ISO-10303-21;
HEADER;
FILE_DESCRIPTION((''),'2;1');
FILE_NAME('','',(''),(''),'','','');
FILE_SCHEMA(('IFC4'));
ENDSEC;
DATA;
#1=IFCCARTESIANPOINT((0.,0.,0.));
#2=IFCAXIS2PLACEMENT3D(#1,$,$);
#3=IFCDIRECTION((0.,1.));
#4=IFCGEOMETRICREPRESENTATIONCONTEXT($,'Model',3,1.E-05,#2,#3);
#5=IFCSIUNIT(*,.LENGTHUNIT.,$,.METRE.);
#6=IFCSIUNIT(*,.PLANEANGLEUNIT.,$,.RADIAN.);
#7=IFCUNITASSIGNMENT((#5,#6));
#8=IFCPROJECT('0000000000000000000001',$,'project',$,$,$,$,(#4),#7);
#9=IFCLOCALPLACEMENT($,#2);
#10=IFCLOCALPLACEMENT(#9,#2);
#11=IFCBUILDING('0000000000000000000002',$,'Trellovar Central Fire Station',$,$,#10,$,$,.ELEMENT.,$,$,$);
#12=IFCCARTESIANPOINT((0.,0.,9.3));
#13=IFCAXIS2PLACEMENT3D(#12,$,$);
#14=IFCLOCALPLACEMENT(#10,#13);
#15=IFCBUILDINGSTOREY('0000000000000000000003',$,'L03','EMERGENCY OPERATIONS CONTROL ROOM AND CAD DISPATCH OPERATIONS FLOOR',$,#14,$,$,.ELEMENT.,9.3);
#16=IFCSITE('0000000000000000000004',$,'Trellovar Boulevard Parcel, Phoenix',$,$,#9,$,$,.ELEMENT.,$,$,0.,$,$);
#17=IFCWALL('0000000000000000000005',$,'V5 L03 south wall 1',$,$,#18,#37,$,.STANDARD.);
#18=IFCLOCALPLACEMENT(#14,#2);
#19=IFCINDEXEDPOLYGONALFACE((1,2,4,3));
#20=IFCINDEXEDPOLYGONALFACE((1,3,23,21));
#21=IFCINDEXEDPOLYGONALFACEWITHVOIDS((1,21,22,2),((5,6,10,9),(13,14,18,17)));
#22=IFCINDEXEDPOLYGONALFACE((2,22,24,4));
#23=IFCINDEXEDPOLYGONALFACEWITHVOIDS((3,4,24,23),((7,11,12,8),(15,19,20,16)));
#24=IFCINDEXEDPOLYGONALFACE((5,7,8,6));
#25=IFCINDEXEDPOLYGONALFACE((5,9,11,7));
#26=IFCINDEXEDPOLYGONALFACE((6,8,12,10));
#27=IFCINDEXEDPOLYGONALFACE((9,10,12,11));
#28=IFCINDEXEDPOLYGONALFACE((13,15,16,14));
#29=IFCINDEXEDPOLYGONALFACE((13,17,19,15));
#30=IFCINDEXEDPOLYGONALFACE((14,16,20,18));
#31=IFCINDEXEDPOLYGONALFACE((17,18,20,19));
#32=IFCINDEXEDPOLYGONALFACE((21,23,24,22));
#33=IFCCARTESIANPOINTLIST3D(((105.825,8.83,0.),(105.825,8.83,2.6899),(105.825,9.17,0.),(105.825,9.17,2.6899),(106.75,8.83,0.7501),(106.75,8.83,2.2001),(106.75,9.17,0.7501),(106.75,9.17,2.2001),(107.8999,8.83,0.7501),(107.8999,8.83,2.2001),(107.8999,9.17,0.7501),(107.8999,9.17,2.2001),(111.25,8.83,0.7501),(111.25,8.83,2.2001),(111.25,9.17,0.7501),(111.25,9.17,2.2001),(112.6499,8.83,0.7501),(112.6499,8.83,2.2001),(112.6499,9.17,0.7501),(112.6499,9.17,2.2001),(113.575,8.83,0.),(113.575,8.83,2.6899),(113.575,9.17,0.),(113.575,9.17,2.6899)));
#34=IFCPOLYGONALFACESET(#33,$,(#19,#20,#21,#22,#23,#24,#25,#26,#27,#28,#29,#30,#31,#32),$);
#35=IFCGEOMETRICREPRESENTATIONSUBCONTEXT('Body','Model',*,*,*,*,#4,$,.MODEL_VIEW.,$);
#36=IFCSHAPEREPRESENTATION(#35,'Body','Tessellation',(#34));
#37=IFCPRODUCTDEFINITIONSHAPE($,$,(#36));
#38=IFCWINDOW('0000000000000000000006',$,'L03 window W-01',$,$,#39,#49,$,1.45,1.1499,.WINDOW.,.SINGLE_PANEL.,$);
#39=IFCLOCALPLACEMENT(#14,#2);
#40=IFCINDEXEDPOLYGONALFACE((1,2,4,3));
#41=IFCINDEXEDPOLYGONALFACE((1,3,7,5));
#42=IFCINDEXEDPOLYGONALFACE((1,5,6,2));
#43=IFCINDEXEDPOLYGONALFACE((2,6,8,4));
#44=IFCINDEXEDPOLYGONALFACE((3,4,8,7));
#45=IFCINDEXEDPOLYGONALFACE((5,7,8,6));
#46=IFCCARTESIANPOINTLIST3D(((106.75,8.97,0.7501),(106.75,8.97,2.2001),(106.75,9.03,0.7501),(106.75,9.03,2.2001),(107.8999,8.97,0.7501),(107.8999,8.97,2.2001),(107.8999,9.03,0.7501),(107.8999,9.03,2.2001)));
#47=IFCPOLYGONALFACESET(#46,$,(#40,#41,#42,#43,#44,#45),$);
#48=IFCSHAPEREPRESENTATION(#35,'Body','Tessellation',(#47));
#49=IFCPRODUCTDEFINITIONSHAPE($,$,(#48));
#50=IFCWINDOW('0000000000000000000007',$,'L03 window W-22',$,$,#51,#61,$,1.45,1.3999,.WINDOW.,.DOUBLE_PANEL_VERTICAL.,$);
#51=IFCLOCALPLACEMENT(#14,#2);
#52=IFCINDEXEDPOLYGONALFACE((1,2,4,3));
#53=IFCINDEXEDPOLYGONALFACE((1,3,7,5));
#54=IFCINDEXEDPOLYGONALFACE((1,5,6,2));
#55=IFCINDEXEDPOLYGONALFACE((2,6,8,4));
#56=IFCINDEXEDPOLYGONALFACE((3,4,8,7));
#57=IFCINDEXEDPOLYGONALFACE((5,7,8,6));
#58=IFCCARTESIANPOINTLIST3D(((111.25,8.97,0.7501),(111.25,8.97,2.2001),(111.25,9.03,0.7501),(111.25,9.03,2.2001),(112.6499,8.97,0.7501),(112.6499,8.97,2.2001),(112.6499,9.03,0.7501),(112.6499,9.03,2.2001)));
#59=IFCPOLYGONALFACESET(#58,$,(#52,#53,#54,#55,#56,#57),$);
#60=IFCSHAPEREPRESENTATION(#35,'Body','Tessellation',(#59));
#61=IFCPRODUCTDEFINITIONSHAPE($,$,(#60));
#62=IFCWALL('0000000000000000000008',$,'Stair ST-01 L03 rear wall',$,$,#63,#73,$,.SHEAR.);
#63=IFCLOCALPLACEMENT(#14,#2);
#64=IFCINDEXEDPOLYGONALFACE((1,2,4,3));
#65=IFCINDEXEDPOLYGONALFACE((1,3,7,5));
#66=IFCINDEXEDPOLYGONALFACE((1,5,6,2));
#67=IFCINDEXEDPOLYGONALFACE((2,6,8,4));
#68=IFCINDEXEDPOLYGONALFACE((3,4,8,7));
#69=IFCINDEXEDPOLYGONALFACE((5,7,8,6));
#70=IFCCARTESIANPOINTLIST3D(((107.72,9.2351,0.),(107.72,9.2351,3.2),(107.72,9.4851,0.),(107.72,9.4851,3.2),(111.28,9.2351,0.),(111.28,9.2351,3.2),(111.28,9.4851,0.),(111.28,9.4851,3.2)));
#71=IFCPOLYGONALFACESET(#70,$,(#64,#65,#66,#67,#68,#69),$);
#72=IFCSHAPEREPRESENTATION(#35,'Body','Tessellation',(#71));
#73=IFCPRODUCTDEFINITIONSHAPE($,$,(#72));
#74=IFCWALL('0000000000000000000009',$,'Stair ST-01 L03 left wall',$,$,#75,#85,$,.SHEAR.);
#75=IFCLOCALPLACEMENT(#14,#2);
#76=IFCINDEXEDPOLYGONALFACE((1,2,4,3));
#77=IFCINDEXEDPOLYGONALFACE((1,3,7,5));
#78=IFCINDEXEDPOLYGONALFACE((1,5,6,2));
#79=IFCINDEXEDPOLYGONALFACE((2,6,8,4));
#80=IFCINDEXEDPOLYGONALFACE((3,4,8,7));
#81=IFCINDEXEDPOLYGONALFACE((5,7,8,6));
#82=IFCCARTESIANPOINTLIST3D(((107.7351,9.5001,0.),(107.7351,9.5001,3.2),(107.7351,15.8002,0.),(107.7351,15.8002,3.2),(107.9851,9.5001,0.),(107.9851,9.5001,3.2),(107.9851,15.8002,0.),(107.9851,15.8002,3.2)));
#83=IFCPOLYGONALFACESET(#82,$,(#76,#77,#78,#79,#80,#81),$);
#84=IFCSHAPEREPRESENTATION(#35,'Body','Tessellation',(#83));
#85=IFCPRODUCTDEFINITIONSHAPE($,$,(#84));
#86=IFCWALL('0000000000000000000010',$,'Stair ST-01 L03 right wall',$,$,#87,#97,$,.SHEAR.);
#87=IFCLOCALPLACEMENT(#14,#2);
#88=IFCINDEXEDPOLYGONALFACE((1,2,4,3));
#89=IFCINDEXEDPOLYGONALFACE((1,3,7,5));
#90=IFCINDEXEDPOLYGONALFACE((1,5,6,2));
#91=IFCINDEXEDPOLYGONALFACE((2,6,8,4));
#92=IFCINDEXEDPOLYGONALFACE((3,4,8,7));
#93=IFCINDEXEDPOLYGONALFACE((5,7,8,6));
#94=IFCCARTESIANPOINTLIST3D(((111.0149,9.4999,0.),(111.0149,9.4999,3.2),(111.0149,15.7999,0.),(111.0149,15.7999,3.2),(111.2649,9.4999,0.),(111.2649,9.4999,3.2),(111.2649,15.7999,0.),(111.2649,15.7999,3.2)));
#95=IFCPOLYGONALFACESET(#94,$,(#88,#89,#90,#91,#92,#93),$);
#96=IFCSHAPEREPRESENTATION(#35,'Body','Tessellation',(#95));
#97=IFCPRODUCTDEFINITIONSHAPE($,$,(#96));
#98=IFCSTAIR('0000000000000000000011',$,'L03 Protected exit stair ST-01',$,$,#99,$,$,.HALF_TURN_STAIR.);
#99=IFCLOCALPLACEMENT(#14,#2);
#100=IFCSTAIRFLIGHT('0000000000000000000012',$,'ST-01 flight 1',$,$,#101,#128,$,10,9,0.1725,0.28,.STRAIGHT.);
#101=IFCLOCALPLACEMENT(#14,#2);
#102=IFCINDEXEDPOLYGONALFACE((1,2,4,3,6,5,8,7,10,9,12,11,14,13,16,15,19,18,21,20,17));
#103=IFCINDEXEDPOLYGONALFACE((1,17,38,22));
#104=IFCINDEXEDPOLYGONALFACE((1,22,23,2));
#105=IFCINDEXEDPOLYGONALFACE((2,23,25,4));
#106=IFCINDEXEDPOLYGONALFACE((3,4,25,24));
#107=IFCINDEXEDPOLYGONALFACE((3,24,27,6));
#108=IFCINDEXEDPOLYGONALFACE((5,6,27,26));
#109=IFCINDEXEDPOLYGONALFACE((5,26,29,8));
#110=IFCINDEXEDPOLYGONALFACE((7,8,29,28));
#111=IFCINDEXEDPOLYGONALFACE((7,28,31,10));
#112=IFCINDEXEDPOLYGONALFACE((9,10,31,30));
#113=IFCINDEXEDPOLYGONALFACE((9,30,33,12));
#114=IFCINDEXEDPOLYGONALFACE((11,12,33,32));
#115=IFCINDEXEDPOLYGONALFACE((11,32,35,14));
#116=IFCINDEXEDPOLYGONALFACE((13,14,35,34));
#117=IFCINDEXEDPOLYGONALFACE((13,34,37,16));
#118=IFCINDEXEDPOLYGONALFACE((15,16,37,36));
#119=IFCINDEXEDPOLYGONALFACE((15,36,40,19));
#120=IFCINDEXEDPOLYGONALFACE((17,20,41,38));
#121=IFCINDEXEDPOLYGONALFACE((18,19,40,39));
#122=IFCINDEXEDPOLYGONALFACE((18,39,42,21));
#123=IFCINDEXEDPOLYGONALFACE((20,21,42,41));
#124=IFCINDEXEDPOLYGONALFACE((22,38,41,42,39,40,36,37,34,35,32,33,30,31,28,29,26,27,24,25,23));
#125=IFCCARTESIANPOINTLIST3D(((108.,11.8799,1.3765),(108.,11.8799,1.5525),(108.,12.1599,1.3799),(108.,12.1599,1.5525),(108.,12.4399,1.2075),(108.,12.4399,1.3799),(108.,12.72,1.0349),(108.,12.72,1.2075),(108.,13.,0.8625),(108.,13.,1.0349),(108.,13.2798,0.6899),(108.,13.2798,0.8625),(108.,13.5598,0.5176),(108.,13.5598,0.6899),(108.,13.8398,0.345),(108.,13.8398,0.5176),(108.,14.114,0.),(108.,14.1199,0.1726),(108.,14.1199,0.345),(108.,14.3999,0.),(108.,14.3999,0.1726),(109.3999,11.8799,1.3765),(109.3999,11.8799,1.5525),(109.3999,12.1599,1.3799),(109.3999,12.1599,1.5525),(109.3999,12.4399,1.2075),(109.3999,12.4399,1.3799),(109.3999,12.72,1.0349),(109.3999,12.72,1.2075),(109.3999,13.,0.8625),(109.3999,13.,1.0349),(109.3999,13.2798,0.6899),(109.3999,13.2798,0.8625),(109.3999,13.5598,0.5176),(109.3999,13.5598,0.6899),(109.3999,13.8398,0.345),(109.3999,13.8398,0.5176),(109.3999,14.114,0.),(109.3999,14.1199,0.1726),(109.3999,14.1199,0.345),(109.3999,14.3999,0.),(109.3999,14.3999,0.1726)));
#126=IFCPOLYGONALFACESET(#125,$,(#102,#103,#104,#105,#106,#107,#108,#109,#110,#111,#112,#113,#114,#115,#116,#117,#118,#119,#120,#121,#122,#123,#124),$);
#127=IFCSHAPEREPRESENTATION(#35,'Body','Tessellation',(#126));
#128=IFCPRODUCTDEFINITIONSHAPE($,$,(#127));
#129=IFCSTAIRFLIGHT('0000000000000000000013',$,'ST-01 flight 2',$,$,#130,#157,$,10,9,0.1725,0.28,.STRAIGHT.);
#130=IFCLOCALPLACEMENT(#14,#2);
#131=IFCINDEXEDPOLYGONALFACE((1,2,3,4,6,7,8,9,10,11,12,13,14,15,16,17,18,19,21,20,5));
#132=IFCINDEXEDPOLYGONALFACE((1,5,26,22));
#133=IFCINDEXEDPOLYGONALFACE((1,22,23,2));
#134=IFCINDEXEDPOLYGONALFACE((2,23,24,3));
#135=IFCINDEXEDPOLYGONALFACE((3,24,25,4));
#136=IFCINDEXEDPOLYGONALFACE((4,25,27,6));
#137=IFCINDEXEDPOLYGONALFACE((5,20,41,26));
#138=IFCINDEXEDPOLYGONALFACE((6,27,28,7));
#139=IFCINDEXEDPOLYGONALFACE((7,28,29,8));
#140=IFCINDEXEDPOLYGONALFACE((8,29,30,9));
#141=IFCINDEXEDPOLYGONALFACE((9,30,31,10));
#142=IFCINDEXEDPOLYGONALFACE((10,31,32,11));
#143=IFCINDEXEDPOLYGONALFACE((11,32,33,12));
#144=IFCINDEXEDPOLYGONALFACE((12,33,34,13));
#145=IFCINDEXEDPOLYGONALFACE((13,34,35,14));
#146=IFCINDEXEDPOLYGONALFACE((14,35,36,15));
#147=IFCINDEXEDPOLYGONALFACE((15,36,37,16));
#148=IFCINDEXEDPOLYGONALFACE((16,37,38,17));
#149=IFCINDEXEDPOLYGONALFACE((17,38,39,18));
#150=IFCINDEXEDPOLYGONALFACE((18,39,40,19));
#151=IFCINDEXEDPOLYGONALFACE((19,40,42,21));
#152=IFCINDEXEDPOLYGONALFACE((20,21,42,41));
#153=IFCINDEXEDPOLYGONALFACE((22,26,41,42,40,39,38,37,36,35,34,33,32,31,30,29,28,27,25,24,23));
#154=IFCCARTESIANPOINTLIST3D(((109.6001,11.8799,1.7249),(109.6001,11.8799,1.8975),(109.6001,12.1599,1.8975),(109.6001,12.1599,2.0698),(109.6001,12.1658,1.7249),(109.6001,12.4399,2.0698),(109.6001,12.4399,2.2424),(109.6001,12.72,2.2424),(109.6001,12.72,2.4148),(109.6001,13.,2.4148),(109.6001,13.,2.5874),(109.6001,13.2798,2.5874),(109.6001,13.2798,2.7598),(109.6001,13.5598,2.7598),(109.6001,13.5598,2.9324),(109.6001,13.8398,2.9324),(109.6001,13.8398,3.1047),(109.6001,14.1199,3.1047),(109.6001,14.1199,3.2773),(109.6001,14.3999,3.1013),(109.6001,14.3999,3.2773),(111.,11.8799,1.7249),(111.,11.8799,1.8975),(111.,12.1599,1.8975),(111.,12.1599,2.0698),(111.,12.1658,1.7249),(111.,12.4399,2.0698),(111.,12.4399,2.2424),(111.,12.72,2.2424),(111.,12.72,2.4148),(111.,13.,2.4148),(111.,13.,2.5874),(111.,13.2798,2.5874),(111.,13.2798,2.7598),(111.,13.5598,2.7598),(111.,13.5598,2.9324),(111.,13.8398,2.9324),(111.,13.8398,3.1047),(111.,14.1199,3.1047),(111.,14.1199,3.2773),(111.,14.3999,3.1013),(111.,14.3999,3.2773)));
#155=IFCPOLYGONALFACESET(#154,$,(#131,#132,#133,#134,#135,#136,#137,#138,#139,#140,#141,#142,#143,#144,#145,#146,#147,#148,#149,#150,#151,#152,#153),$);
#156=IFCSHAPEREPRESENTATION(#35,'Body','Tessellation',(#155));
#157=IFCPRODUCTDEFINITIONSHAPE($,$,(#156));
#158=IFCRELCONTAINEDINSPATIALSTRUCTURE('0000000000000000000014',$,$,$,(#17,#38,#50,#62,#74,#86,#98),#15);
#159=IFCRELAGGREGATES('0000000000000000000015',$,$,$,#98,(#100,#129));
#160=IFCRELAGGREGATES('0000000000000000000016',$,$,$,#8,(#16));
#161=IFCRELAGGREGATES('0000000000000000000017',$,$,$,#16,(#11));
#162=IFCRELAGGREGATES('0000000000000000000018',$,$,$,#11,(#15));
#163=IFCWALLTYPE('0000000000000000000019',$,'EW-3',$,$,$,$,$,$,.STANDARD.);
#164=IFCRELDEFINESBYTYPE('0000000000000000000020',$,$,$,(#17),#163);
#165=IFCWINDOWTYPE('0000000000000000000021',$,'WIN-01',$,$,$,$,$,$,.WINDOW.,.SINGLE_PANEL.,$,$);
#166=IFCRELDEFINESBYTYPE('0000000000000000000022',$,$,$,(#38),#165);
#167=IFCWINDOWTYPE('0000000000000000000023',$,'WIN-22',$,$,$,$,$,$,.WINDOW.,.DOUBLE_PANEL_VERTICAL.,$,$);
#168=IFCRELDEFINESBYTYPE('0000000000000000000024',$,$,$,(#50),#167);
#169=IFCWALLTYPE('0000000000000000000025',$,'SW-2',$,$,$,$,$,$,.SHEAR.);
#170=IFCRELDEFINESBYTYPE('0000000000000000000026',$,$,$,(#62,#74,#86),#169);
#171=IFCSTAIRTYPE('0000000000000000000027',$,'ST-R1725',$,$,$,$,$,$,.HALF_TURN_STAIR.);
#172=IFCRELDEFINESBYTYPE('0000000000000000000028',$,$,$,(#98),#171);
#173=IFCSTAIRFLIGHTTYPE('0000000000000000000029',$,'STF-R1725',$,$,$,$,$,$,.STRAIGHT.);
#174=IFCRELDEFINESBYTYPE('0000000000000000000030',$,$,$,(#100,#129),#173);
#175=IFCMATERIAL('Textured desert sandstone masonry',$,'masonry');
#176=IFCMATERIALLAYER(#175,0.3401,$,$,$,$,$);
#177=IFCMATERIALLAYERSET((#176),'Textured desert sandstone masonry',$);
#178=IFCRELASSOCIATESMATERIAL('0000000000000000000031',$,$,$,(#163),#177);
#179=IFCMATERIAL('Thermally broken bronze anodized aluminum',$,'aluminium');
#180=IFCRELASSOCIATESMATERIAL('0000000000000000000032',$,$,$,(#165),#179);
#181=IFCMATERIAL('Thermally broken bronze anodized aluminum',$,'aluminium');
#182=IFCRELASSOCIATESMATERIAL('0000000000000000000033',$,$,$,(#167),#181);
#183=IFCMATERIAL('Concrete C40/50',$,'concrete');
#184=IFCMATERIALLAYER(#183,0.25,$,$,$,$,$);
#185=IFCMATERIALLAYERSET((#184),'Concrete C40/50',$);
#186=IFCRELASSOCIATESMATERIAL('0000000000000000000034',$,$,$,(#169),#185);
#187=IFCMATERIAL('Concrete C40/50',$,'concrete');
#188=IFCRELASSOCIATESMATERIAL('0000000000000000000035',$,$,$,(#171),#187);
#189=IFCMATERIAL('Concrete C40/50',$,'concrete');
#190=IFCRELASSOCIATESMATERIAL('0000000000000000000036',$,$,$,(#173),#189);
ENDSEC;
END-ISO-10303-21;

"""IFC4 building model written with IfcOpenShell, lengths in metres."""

from ifc_helpers import new_model, si_unit, direction, frame, frame_2d, origin, place, context, subcontext, project, spatial, polyline, rectangle, outline, extrude, material, layer, layer_set, type_object, element, fill, aggregate, save


model = new_model("IFC4")

# Units and contexts
model_context = context("Model", 3, precision=1e-05, world=origin(), true_north=direction((0.0, 1.0)))
body_context = subcontext(model_context, "Body", "Model", "MODEL_VIEW")
ifc_project = project(units=[si_unit("LENGTHUNIT", "METRE"), si_unit("PLANEANGLEUNIT", "RADIAN")], contexts=[model_context])

# Site, building, storey
site_placement = place(None, origin())
site = spatial("IfcSite", under=ifc_project, at=site_placement, Name="Trellovar Boulevard Parcel, Phoenix", CompositionType="ELEMENT", RefElevation=0.0)
building_placement = place(site_placement, origin())
building = spatial("IfcBuilding", under=site, at=building_placement, Name="Trellovar Central Fire Station", CompositionType="ELEMENT")
storey_placement = place(building_placement, frame((0.0, 0.0, 9.3)))
storey = spatial("IfcBuildingStorey", under=building, at=storey_placement, Name="L03", Description="EMERGENCY OPERATIONS CONTROL ROOM AND CAD DISPATCH OPERATIONS FLOOR", CompositionType="ELEMENT", Elevation=9.3)

# Wall, openings, windows
ifc_material_1 = material(Name="Textured desert sandstone masonry", Category="masonry")
ifc_layer_1 = layer(ifc_material_1, 0.3401)
ifc_layer_set_1 = layer_set([ifc_layer_1], Name="Textured desert sandstone masonry")
wall_type_1 = type_object("IfcWallType", Name="EW-3", PredefinedType="STANDARD", material=ifc_layer_set_1)
wall_1_placement = place(storey_placement, frame((105.825, 9.0, 0.0), z_axis=(0.0, 0.0, 1.0), x_axis=(1.0, 0.0, 0.0)))
wall_1 = element("IfcWall", 1, at=wall_1_placement, inside=storey, type_object=wall_type_1, Name="V5 L03 south wall 1", PredefinedType="STANDARD", context=body_context, shape_type="SweptSolid", body=[
    extrude(rectangle(XDim=7.75, YDim=0.3401, at=frame_2d((3.875, 0.0))), origin(), (0.0, 0.0, 1.0), 2.6899),
])
opening_1_placement = place(wall_1_placement, frame((0.925, 0.0, 0.75)))
opening_1 = element("IfcOpeningElement", 2, at=opening_1_placement, cuts=wall_1, PredefinedType="OPENING", context=body_context, shape_type="SweptSolid", body=[
    extrude(rectangle(XDim=1.1499, YDim=1.45, at=frame_2d((0.575, 0.7251))), frame((0.0, 0.1799, 0.0), z_axis=(0.0, -1.0, 0.0), x_axis=(1.0, 0.0, 0.0)), (0.0, 0.0, 1.0), 0.3601),
])
opening_2_placement = place(wall_1_placement, frame((5.425, 0.0, 0.75)))
opening_2 = element("IfcOpeningElement", 3, at=opening_2_placement, cuts=wall_1, PredefinedType="OPENING", context=body_context, shape_type="SweptSolid", body=[
    extrude(rectangle(XDim=1.3999, YDim=1.45, at=frame_2d((0.7, 0.7251))), frame((0.0, 0.1799, 0.0), z_axis=(0.0, -1.0, 0.0), x_axis=(1.0, 0.0, 0.0)), (0.0, 0.0, 1.0), 0.3601),
])
ifc_material_2 = material(Name="Thermally broken bronze anodized aluminum", Category="aluminium")
window_type_1 = type_object("IfcWindowType", Name="WIN-01", PartitioningType="SINGLE_PANEL", PredefinedType="WINDOW", material=ifc_material_2)
window_1_placement = place(opening_1_placement, origin())
window_1 = element("IfcWindow", 4, at=window_1_placement, inside=storey, type_object=window_type_1, Name="L03 window W-01", OverallHeight=1.45, OverallWidth=1.1499, PartitioningType="SINGLE_PANEL", PredefinedType="WINDOW", context=body_context, shape_type="SweptSolid", body=[
    extrude(rectangle(XDim=1.1499, YDim=1.45, at=frame_2d((0.575, 0.7251))), frame((0.0, 0.03, 0.0), z_axis=(0.0, -1.0, 0.0), x_axis=(1.0, 0.0, 0.0)), (0.0, 0.0, 1.0), 0.0601),
])
fill(opening_1, window_1)
ifc_material_3 = material(Name="Thermally broken bronze anodized aluminum", Category="aluminium")
window_type_2 = type_object("IfcWindowType", Name="WIN-22", PartitioningType="DOUBLE_PANEL_VERTICAL", PredefinedType="WINDOW", material=ifc_material_3)
window_2_placement = place(opening_2_placement, origin())
window_2 = element("IfcWindow", 5, at=window_2_placement, inside=storey, type_object=window_type_2, Name="L03 window W-22", OverallHeight=1.45, OverallWidth=1.3999, PartitioningType="DOUBLE_PANEL_VERTICAL", PredefinedType="WINDOW", context=body_context, shape_type="SweptSolid", body=[
    extrude(rectangle(XDim=1.3999, YDim=1.45, at=frame_2d((0.7, 0.7251))), frame((0.0, 0.03, 0.0), z_axis=(0.0, -1.0, 0.0), x_axis=(1.0, 0.0, 0.0)), (0.0, 0.0, 1.0), 0.0601),
])
fill(opening_2, window_2)

# Walls
ifc_material_4 = material(Name="Concrete C40/50", Category="concrete")
ifc_layer_2 = layer(ifc_material_4, 0.25)
ifc_layer_set_2 = layer_set([ifc_layer_2], Name="Concrete C40/50")
wall_type_2 = type_object("IfcWallType", Name="SW-2", PredefinedType="SHEAR", material=ifc_layer_set_2)
wall_2_placement = place(storey_placement, frame((111.28, 9.3601, 0.0), z_axis=(0.0, 0.0, 1.0), x_axis=(-1.0, 0.0, 0.0)))
element("IfcWall", 6, at=wall_2_placement, inside=storey, type_object=wall_type_2, Name="Stair ST-01 L03 rear wall", PredefinedType="SHEAR", context=body_context, shape_type="SweptSolid", body=[
    extrude(rectangle(XDim=3.5601, YDim=0.25, at=frame_2d((1.78, 0.0))), origin(), (0.0, 0.0, 1.0), 3.2),
])
for number, where, z_axis, x_axis, name in (
    (7, (107.8601, 15.8, 0.0), (0.0, 0.0, 1.0), (0.0, -1.0, 0.0), "Stair ST-01 L03 left wall"),
    (8, (111.1399, 9.5, 0.0), (0.0, 0.0, 1.0), (0.0, 1.0, 0.0), "Stair ST-01 L03 right wall"),
):
    element("IfcWall", number, at=place(storey_placement, frame(where, z_axis=z_axis, x_axis=x_axis)), inside=storey, type_object=wall_type_2, Name=name, PredefinedType="SHEAR", context=body_context, shape_type="SweptSolid", body=[
        extrude(rectangle(XDim=6.3, YDim=0.25, at=frame_2d((3.1499, 0.0))), origin(), (0.0, 0.0, 1.0), 3.2),
    ])

# Stair, stair flights
ifc_material_5 = material(Name="Concrete C40/50", Category="concrete")
stair_type = type_object("IfcStairType", Name="ST-R1725", PredefinedType="HALF_TURN_STAIR", material=ifc_material_5)
stair_placement = place(storey_placement, origin())
stair = element("IfcStair", 9, at=stair_placement, inside=storey, type_object=stair_type, Name="L03 Protected exit stair ST-01", PredefinedType="HALF_TURN_STAIR")
ifc_material_6 = material(Name="Concrete C40/50", Category="concrete")
stair_flight_type = type_object("IfcStairFlightType", Name="STF-R1725", PredefinedType="STRAIGHT", material=ifc_material_6)
stair_flight_1_placement = place(storey_placement, frame((108.7, 14.3999, 0.0), z_axis=(0.0, 0.0, 1.0), x_axis=(0.0, -1.0, 0.0)))
stair_flight_1 = element("IfcStairFlight", 10, at=stair_flight_1_placement, type_object=stair_flight_type, Name="ST-01 flight 1", NumberOfRisers=10, NumberOfTreads=9, PredefinedType="STRAIGHT", RiserHeight=0.1725, TreadLength=0.28, context=body_context, shape_type="SweptSolid", body=[
    extrude(outline(polyline([(0.0, 0.0), (0.0, 0.1726), (0.28, 0.1726), (0.28, 0.345), (0.5601, 0.345), (0.5601, 0.5176), (0.8401, 0.5176), (0.8401, 0.6899), (1.1201, 0.6899), (1.1201, 0.8625), (1.3999, 0.8625), (1.3999, 1.0349), (1.6799, 1.0349), (1.6799, 1.2075), (1.96, 1.2075), (1.96, 1.3799), (2.24, 1.3799), (2.24, 1.5525), (2.52, 1.5525), (2.52, 1.7251), (2.52, 1.3765), (0.2859, 0.0), (0.0, 0.0)])), frame((0.0, 0.7, 0.0), z_axis=(0.0, -1.0, 0.0), x_axis=(1.0, 0.0, 0.0)), (0.0, 0.0, 1.0), 1.3999),
])
stair_flight_2_placement = place(storey_placement, frame((110.3, 11.8799, 1.7249), z_axis=(0.0, 0.0, 1.0), x_axis=(0.0, 1.0, 0.0)))
stair_flight_2 = element("IfcStairFlight", 11, at=stair_flight_2_placement, type_object=stair_flight_type, Name="ST-01 flight 2", NumberOfRisers=10, NumberOfTreads=9, PredefinedType="STRAIGHT", RiserHeight=0.1725, TreadLength=0.28, context=body_context, shape_type="SweptSolid", body=[
    extrude(outline(polyline([(0.0, 0.0), (0.0, 0.1726), (0.28, 0.1726), (0.28, 0.345), (0.5601, 0.345), (0.5601, 0.5176), (0.8401, 0.5176), (0.8401, 0.6899), (1.1201, 0.6899), (1.1201, 0.8625), (1.3999, 0.8625), (1.3999, 1.0349), (1.6799, 1.0349), (1.6799, 1.2075), (1.96, 1.2075), (1.96, 1.3799), (2.24, 1.3799), (2.24, 1.5525), (2.52, 1.5525), (2.52, 1.7251), (2.52, 1.3765), (0.2859, 0.0), (0.0, 0.0)])), frame((0.0, 0.7, 0.0), z_axis=(0.0, -1.0, 0.0), x_axis=(1.0, 0.0, 0.0)), (0.0, 0.0, 1.0), 1.3999),
])
aggregate(stair, [stair_flight_1, stair_flight_2])

save(model, "model.ifc")
